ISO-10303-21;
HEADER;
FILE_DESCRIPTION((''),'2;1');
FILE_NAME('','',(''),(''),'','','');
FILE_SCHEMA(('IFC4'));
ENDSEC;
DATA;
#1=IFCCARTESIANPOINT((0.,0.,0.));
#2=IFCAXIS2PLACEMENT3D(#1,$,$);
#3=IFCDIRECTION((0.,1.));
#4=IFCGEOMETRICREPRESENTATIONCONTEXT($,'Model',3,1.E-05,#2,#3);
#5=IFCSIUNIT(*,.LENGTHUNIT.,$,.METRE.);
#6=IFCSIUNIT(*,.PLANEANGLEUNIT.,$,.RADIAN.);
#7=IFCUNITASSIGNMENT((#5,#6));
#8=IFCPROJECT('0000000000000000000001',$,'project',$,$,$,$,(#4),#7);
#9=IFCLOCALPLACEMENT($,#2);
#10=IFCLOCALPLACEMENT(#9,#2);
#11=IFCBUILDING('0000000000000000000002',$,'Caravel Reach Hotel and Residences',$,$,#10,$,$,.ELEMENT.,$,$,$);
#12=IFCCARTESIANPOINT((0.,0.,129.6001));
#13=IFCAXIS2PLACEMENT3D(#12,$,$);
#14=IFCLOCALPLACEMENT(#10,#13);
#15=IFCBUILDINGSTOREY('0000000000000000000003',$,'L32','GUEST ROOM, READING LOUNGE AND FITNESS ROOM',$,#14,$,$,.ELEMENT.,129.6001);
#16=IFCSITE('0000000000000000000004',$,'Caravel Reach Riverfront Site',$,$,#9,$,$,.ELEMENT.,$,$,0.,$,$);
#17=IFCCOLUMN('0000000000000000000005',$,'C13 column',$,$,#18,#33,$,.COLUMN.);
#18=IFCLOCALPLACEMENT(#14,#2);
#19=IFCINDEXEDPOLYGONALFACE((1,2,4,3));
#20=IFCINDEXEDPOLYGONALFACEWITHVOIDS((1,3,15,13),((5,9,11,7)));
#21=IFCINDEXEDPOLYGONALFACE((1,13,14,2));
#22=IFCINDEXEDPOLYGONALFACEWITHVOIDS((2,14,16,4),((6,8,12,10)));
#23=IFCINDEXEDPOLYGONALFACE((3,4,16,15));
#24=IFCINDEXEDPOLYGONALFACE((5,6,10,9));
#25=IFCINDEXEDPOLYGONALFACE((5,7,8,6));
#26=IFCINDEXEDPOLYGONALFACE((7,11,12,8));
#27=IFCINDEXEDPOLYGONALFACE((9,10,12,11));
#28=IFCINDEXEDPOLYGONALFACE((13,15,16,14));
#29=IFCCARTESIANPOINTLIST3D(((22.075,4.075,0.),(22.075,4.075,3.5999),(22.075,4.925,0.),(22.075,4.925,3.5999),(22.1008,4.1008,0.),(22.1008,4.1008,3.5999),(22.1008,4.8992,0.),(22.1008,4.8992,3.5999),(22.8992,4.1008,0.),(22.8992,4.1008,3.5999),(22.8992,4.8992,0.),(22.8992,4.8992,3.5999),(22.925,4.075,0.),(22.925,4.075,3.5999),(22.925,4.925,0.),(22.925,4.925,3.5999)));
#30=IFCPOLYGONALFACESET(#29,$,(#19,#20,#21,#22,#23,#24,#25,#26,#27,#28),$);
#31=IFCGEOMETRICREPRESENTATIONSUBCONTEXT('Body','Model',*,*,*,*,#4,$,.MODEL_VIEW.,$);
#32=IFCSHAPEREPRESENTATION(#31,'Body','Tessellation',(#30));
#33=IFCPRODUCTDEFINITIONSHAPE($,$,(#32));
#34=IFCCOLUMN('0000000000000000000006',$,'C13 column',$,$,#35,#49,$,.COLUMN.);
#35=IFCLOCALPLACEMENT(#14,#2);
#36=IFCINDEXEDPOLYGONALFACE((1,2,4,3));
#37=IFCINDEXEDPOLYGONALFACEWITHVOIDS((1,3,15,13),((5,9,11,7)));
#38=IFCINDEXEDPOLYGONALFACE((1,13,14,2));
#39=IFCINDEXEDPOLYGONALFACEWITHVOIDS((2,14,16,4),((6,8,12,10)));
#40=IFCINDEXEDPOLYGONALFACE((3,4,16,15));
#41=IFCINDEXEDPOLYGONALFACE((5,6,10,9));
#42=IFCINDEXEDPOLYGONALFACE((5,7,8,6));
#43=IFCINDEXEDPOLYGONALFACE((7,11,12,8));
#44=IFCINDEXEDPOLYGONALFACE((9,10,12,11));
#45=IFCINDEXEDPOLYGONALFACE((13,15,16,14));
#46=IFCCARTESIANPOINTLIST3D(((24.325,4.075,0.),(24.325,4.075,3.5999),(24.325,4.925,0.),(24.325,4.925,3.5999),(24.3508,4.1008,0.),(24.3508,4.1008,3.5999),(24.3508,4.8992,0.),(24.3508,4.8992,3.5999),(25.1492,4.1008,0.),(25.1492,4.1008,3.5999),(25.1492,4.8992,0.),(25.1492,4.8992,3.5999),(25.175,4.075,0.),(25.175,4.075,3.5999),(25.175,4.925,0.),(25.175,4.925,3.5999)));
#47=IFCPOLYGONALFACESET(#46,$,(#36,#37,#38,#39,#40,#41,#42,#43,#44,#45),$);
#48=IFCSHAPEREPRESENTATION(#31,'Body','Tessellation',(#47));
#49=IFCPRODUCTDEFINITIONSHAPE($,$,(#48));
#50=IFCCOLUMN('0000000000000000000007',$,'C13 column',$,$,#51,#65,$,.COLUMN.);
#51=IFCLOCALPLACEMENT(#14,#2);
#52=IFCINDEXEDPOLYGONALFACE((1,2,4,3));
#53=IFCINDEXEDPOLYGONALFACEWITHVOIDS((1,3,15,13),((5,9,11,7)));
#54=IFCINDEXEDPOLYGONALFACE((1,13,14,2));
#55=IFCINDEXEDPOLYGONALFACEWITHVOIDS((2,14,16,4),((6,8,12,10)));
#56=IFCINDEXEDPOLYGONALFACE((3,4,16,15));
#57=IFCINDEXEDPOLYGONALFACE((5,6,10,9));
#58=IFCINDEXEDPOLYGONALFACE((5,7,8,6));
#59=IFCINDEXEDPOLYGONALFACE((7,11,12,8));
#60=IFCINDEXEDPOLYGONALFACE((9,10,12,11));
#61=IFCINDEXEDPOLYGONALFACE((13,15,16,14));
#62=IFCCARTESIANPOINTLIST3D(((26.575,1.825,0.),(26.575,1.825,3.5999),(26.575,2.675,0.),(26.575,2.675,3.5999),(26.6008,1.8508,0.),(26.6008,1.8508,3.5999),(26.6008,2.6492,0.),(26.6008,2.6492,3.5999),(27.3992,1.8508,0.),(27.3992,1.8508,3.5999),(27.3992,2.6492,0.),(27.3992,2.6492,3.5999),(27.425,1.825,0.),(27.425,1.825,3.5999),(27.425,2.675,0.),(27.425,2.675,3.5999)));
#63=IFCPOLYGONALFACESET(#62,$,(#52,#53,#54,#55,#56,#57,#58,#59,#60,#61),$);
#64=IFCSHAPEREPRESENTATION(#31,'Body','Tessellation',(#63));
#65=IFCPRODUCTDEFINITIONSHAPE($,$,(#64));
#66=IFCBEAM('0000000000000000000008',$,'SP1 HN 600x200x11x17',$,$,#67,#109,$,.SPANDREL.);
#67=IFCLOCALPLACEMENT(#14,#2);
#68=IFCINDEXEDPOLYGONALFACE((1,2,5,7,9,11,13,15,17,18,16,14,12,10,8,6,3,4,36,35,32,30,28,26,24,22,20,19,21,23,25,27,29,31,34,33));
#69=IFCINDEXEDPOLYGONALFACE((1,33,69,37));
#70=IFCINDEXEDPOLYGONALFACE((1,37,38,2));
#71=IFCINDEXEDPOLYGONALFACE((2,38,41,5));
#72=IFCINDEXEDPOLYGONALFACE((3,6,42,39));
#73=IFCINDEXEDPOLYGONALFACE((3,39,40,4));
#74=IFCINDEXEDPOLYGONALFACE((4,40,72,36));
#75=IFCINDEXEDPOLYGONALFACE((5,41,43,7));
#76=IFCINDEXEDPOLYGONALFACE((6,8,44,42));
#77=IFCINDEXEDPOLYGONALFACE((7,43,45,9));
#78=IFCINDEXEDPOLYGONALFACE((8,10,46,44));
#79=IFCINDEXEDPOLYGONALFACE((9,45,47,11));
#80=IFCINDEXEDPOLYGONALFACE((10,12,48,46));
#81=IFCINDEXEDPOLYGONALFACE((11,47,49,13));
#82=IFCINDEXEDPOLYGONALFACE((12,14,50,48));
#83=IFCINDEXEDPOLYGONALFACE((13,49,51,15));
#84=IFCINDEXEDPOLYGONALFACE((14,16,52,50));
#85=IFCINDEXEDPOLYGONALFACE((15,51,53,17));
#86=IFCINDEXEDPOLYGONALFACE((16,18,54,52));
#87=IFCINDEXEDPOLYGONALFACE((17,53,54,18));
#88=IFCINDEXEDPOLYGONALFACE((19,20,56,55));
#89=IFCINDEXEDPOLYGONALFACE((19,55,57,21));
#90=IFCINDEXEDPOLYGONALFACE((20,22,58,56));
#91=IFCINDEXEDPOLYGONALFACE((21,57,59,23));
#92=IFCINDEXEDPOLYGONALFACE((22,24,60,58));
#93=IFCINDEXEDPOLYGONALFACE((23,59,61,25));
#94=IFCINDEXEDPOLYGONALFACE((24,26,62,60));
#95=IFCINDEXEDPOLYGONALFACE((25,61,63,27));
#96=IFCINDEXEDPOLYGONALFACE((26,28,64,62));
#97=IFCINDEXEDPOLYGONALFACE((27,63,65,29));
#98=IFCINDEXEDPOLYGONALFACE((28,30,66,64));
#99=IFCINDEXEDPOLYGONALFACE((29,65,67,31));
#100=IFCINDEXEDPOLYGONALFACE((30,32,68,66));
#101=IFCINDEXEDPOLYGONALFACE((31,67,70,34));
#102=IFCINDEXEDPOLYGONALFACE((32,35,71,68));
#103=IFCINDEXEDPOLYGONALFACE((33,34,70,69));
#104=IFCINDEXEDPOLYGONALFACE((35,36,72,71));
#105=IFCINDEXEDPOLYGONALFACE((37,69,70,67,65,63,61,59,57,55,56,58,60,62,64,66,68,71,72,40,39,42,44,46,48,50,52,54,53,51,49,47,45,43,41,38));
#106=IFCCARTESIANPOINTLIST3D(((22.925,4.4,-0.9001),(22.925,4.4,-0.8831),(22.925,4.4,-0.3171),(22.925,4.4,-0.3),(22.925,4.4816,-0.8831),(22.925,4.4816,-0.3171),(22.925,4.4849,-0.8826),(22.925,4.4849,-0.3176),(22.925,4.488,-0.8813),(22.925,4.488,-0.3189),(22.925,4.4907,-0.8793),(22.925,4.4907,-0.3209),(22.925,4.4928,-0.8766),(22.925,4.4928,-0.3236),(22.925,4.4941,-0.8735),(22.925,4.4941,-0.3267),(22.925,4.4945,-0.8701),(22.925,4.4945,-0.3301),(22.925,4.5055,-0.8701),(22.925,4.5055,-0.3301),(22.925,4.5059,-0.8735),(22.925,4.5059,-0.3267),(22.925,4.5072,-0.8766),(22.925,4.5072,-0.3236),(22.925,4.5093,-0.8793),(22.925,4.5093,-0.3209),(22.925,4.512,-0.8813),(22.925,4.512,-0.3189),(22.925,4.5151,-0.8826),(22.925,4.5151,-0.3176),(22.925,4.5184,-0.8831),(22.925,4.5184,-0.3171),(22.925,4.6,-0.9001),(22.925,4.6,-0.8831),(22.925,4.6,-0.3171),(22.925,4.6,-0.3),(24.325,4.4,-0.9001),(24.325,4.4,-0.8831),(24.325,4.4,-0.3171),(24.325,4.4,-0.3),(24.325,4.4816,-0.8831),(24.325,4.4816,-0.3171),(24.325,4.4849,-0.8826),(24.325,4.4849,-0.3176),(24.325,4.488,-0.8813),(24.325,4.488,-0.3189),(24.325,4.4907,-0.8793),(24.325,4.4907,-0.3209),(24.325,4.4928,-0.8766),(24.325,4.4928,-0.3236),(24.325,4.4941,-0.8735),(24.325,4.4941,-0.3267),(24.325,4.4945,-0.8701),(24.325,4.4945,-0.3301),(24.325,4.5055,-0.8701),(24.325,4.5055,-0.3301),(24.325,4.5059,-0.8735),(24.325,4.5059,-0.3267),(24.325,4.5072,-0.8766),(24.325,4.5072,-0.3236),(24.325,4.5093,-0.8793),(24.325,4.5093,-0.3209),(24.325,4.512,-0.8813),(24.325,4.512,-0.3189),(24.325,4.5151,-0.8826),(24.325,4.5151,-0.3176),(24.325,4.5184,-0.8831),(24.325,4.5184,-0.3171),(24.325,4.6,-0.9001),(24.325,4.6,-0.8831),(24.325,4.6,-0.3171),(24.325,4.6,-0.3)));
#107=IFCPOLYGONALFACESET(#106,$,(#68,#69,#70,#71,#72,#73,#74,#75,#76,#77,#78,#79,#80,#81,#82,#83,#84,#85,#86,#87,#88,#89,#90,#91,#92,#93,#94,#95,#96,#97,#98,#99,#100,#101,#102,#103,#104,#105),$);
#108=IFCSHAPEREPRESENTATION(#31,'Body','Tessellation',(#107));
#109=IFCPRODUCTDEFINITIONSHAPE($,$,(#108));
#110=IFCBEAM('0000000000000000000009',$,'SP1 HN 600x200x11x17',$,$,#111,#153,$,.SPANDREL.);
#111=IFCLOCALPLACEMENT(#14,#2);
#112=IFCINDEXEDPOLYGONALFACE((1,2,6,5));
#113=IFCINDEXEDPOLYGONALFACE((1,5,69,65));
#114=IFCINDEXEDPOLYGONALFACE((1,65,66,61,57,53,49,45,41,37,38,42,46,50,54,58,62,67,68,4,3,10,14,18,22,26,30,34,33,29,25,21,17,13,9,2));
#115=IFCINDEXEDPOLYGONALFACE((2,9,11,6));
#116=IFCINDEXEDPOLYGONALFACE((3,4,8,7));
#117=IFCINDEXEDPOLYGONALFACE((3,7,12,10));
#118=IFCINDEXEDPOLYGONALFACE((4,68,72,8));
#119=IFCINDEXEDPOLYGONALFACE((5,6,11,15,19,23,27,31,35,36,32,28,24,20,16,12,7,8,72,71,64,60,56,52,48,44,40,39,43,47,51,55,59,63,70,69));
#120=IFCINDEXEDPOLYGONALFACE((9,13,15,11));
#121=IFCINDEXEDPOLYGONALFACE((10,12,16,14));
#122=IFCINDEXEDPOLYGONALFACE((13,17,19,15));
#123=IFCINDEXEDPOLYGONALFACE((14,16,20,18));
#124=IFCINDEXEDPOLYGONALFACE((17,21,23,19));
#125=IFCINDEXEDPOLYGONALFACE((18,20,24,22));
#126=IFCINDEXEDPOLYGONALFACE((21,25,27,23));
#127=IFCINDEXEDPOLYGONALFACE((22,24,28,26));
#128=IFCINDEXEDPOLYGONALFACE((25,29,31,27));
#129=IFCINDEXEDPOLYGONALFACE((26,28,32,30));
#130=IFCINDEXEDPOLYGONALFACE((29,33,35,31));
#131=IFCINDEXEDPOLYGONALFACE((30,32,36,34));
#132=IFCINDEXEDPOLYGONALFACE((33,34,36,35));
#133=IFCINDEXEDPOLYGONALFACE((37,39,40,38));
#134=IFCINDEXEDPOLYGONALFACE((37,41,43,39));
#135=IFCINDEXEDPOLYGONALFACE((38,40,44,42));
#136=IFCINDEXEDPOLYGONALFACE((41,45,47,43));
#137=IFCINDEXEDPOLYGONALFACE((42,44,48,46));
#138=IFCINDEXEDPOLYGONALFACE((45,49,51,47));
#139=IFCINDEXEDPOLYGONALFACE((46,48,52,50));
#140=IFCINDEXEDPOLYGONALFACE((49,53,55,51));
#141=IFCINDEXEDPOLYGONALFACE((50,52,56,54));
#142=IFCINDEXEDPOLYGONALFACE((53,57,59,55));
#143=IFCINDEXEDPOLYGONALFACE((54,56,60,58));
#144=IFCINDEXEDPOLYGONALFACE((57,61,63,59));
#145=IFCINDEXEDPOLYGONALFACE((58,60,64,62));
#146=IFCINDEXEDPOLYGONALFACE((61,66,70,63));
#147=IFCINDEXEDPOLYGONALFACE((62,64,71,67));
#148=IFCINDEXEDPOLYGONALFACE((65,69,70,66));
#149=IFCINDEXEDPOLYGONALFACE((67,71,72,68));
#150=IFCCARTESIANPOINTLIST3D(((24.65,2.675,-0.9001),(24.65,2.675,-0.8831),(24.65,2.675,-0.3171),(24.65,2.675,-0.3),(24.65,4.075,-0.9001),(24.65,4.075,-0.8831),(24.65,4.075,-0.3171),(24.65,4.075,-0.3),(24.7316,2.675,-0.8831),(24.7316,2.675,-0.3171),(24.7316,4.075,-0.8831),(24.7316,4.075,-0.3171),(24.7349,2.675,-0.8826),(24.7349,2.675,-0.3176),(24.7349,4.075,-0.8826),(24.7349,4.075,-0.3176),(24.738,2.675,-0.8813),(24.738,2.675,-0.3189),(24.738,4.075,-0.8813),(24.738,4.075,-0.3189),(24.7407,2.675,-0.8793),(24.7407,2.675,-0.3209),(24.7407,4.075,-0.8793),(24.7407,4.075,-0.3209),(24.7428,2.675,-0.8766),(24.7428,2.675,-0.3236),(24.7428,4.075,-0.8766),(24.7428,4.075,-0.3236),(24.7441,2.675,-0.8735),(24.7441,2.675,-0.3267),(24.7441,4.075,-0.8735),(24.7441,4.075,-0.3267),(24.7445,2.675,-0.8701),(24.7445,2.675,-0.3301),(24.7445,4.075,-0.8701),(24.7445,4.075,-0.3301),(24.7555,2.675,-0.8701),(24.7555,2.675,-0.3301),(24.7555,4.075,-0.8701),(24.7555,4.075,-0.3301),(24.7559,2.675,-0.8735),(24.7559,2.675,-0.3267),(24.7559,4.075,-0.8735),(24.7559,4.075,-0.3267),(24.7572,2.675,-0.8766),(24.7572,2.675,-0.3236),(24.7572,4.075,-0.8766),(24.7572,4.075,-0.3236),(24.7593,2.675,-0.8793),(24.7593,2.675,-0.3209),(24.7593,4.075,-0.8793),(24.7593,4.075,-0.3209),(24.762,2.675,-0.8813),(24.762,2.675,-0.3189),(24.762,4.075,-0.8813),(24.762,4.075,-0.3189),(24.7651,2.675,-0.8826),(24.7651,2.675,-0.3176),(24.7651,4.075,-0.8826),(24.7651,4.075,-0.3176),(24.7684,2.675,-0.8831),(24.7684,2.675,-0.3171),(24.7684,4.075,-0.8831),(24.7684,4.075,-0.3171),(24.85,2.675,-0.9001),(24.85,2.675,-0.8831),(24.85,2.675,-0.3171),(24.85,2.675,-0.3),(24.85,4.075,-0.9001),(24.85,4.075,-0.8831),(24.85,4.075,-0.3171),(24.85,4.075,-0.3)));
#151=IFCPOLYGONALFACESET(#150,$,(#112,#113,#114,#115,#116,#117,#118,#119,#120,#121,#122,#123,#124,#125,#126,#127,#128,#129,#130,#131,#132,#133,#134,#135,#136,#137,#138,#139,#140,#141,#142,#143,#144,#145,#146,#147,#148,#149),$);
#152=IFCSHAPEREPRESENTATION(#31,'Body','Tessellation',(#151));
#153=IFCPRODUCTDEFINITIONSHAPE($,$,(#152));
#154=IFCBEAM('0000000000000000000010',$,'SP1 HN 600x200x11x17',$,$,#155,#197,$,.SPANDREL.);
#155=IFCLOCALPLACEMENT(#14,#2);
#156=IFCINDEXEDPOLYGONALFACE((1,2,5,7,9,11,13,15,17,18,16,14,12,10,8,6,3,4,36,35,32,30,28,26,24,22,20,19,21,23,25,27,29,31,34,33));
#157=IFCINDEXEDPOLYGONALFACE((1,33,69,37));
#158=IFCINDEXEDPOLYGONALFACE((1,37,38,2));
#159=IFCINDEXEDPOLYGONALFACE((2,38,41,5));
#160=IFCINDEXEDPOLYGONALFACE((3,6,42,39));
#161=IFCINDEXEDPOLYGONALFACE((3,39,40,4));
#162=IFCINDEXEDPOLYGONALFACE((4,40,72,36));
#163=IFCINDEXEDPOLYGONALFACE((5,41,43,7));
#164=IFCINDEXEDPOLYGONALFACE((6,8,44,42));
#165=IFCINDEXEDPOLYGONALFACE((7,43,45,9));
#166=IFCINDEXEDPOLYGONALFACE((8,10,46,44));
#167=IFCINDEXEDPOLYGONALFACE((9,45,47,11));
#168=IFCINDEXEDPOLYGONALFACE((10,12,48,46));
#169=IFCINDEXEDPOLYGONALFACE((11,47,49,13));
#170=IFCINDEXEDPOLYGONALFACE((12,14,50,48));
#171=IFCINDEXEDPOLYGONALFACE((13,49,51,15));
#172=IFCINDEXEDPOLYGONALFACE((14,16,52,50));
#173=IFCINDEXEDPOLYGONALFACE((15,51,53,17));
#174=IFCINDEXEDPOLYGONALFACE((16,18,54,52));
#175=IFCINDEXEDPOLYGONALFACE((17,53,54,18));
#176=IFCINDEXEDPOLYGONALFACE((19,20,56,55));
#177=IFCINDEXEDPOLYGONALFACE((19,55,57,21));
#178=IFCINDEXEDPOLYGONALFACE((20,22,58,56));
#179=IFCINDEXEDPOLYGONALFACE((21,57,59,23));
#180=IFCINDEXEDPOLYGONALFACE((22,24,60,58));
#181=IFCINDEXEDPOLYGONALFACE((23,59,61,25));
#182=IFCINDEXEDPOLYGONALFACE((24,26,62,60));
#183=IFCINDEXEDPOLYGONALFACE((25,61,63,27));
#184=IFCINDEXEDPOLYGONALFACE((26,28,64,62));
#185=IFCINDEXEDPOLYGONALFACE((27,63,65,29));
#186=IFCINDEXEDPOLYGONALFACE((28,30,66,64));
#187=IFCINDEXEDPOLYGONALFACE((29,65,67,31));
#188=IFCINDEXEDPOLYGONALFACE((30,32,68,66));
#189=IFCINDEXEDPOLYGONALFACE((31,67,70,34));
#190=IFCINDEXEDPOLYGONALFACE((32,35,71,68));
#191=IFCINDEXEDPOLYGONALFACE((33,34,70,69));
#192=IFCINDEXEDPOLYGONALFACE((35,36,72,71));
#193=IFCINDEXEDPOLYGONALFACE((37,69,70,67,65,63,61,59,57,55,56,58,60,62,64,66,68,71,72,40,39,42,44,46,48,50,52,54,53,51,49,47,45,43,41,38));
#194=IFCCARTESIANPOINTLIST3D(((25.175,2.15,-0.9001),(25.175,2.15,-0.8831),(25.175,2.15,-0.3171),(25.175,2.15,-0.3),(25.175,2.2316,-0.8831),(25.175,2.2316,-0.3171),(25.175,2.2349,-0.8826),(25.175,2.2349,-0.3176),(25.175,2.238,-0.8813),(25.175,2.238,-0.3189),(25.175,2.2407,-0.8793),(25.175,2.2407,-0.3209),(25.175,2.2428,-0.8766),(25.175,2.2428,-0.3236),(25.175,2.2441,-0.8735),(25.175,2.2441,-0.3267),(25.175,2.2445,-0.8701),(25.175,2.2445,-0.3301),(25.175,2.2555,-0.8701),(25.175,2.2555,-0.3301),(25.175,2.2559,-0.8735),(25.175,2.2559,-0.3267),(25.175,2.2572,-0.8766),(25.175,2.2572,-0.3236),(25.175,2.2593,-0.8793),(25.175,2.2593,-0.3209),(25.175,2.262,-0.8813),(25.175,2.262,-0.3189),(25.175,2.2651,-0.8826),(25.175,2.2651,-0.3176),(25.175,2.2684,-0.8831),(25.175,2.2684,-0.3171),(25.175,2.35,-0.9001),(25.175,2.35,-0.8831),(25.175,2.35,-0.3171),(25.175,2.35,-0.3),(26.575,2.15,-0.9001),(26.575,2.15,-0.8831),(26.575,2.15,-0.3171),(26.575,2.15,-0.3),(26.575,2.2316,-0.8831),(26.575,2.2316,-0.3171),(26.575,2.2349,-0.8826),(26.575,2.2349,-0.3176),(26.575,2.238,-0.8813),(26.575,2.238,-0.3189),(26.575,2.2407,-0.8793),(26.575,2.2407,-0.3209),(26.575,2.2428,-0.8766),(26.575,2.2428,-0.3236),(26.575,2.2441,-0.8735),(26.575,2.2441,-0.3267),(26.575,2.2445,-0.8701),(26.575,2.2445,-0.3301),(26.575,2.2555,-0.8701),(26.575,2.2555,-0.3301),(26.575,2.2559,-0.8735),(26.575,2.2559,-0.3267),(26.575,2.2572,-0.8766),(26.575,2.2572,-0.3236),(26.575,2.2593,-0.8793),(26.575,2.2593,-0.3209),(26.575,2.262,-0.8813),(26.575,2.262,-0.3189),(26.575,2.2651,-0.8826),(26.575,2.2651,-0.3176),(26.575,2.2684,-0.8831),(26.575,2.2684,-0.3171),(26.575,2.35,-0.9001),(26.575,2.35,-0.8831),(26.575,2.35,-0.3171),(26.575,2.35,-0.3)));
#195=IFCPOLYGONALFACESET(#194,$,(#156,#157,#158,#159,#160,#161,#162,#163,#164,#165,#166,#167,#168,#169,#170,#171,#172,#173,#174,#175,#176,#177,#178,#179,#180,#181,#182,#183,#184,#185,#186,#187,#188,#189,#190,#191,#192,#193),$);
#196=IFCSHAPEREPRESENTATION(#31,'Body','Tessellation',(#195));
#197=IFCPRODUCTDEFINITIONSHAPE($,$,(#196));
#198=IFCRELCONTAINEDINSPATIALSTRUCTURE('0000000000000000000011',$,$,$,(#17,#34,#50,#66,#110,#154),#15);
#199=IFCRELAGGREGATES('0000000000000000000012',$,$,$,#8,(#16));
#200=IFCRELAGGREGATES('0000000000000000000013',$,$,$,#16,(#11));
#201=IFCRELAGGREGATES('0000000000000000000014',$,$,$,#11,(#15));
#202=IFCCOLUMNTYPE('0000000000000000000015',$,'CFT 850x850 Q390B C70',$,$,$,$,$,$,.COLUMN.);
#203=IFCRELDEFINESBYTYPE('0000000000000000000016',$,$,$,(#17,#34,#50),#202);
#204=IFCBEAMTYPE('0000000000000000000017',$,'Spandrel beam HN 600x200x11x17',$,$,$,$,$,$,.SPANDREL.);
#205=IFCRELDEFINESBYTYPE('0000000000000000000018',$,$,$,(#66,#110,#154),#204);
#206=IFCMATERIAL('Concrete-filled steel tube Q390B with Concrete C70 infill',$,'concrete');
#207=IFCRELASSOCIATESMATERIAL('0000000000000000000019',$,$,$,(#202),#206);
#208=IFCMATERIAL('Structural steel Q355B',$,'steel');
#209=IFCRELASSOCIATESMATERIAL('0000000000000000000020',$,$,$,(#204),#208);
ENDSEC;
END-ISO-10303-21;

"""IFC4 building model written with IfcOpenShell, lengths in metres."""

from ifc_helpers import new_model, si_unit, direction, frame, origin, origin_2d, place, context, subcontext, project, spatial, hollow_rectangle, i_section, extrude, material, material_profile, profile_set, type_object, element, save


model = new_model("IFC4")

# Units and contexts
model_context = context("Model", 3, precision=1e-05, world=origin(), true_north=direction((0.0, 1.0)))
body_context = subcontext(model_context, "Body", "Model", "MODEL_VIEW")
ifc_project = project(units=[si_unit("LENGTHUNIT", "METRE"), si_unit("PLANEANGLEUNIT", "RADIAN")], contexts=[model_context])

# Site, building, storey
site_placement = place(None, origin())
site = spatial("IfcSite", under=ifc_project, at=site_placement, Name="Caravel Reach Riverfront Site", CompositionType="ELEMENT", RefElevation=0.0)
building_placement = place(site_placement, origin())
building = spatial("IfcBuilding", under=site, at=building_placement, Name="Caravel Reach Hotel and Residences", CompositionType="ELEMENT")
storey_placement = place(building_placement, frame((0.0, 0.0, 129.6001)))
storey = spatial("IfcBuildingStorey", under=building, at=storey_placement, Name="L32", Description="GUEST ROOM, READING LOUNGE AND FITNESS ROOM", CompositionType="ELEMENT", Elevation=129.6001)

# Columns
ifc_material_1 = material(Name="Concrete-filled steel tube Q390B with Concrete C70 infill", Category="concrete")
ifc_material_profile_1 = material_profile(ifc_material_1, hollow_rectangle(XDim=0.8501, YDim=0.8501, WallThickness=0.0259, at=origin_2d()), Name="RHS 850x850x26")
ifc_profile_set_1 = profile_set([ifc_material_profile_1], Name="Concrete-filled steel tube Q390B with Concrete C70 infill")
column_type = type_object("IfcColumnType", Name="CFT 850x850 Q390B C70", PredefinedType="COLUMN", material=ifc_profile_set_1)
for number, where, z_axis, x_axis, name in (
    (1, (22.5, 4.5, 0.0), (0.0, 0.0, 1.0), (1.0, 0.0, 0.0), "C13 column"),
    (2, (24.75, 4.5, 0.0), (0.0, 0.0, 1.0), (1.0, 0.0, 0.0), "C13 column"),
    (3, (27.0, 2.25, 0.0), (0.0, 0.0, 1.0), (1.0, 0.0, 0.0), "C13 column"),
):
    element("IfcColumn", number, at=place(storey_placement, frame(where, z_axis=z_axis, x_axis=x_axis)), inside=storey, type_object=column_type, Name=name, PredefinedType="COLUMN", context=body_context, shape_type="SweptSolid", body=[
        extrude(hollow_rectangle(XDim=0.8501, YDim=0.8501, WallThickness=0.0259, at=origin_2d()), origin(), (0.0, 0.0, 1.0), 3.5999),
    ])

# Beams
ifc_material_2 = material(Name="Structural steel Q355B", Category="steel")
ifc_material_profile_2 = material_profile(ifc_material_2, i_section(OverallWidth=0.2, OverallDepth=0.6001, WebThickness=0.011, FlangeThickness=0.0171, FilletRadius=0.0129, at=origin_2d()), Name="HN 600x200x11x17")
ifc_profile_set_2 = profile_set([ifc_material_profile_2], Name="Structural steel Q355B")
beam_type = type_object("IfcBeamType", Name="Spandrel beam HN 600x200x11x17", PredefinedType="SPANDREL", material=ifc_profile_set_2)
for number, where, z_axis, x_axis, name in (
    (4, (22.925, 4.5, -0.6001), (1.0, 0.0, 0.0), (0.0, 1.0, 0.0), "SP1 HN 600x200x11x17"),
    (5, (24.75, 4.075, -0.6001), (0.0, -1.0, 0.0), (1.0, 0.0, 0.0), "SP1 HN 600x200x11x17"),
    (6, (25.175, 2.25, -0.6001), (1.0, 0.0, 0.0), (0.0, 1.0, 0.0), "SP1 HN 600x200x11x17"),
):
    element("IfcBeam", number, at=place(storey_placement, frame(where, z_axis=z_axis, x_axis=x_axis)), inside=storey, type_object=beam_type, Name=name, PredefinedType="SPANDREL", context=body_context, shape_type="SweptSolid", body=[
        extrude(i_section(OverallWidth=0.2, OverallDepth=0.6001, WebThickness=0.011, FlangeThickness=0.0171, FilletRadius=0.0129, at=origin_2d()), origin(), (0.0, 0.0, 1.0), 1.3999),
    ])

save(model, "model.ifc")
